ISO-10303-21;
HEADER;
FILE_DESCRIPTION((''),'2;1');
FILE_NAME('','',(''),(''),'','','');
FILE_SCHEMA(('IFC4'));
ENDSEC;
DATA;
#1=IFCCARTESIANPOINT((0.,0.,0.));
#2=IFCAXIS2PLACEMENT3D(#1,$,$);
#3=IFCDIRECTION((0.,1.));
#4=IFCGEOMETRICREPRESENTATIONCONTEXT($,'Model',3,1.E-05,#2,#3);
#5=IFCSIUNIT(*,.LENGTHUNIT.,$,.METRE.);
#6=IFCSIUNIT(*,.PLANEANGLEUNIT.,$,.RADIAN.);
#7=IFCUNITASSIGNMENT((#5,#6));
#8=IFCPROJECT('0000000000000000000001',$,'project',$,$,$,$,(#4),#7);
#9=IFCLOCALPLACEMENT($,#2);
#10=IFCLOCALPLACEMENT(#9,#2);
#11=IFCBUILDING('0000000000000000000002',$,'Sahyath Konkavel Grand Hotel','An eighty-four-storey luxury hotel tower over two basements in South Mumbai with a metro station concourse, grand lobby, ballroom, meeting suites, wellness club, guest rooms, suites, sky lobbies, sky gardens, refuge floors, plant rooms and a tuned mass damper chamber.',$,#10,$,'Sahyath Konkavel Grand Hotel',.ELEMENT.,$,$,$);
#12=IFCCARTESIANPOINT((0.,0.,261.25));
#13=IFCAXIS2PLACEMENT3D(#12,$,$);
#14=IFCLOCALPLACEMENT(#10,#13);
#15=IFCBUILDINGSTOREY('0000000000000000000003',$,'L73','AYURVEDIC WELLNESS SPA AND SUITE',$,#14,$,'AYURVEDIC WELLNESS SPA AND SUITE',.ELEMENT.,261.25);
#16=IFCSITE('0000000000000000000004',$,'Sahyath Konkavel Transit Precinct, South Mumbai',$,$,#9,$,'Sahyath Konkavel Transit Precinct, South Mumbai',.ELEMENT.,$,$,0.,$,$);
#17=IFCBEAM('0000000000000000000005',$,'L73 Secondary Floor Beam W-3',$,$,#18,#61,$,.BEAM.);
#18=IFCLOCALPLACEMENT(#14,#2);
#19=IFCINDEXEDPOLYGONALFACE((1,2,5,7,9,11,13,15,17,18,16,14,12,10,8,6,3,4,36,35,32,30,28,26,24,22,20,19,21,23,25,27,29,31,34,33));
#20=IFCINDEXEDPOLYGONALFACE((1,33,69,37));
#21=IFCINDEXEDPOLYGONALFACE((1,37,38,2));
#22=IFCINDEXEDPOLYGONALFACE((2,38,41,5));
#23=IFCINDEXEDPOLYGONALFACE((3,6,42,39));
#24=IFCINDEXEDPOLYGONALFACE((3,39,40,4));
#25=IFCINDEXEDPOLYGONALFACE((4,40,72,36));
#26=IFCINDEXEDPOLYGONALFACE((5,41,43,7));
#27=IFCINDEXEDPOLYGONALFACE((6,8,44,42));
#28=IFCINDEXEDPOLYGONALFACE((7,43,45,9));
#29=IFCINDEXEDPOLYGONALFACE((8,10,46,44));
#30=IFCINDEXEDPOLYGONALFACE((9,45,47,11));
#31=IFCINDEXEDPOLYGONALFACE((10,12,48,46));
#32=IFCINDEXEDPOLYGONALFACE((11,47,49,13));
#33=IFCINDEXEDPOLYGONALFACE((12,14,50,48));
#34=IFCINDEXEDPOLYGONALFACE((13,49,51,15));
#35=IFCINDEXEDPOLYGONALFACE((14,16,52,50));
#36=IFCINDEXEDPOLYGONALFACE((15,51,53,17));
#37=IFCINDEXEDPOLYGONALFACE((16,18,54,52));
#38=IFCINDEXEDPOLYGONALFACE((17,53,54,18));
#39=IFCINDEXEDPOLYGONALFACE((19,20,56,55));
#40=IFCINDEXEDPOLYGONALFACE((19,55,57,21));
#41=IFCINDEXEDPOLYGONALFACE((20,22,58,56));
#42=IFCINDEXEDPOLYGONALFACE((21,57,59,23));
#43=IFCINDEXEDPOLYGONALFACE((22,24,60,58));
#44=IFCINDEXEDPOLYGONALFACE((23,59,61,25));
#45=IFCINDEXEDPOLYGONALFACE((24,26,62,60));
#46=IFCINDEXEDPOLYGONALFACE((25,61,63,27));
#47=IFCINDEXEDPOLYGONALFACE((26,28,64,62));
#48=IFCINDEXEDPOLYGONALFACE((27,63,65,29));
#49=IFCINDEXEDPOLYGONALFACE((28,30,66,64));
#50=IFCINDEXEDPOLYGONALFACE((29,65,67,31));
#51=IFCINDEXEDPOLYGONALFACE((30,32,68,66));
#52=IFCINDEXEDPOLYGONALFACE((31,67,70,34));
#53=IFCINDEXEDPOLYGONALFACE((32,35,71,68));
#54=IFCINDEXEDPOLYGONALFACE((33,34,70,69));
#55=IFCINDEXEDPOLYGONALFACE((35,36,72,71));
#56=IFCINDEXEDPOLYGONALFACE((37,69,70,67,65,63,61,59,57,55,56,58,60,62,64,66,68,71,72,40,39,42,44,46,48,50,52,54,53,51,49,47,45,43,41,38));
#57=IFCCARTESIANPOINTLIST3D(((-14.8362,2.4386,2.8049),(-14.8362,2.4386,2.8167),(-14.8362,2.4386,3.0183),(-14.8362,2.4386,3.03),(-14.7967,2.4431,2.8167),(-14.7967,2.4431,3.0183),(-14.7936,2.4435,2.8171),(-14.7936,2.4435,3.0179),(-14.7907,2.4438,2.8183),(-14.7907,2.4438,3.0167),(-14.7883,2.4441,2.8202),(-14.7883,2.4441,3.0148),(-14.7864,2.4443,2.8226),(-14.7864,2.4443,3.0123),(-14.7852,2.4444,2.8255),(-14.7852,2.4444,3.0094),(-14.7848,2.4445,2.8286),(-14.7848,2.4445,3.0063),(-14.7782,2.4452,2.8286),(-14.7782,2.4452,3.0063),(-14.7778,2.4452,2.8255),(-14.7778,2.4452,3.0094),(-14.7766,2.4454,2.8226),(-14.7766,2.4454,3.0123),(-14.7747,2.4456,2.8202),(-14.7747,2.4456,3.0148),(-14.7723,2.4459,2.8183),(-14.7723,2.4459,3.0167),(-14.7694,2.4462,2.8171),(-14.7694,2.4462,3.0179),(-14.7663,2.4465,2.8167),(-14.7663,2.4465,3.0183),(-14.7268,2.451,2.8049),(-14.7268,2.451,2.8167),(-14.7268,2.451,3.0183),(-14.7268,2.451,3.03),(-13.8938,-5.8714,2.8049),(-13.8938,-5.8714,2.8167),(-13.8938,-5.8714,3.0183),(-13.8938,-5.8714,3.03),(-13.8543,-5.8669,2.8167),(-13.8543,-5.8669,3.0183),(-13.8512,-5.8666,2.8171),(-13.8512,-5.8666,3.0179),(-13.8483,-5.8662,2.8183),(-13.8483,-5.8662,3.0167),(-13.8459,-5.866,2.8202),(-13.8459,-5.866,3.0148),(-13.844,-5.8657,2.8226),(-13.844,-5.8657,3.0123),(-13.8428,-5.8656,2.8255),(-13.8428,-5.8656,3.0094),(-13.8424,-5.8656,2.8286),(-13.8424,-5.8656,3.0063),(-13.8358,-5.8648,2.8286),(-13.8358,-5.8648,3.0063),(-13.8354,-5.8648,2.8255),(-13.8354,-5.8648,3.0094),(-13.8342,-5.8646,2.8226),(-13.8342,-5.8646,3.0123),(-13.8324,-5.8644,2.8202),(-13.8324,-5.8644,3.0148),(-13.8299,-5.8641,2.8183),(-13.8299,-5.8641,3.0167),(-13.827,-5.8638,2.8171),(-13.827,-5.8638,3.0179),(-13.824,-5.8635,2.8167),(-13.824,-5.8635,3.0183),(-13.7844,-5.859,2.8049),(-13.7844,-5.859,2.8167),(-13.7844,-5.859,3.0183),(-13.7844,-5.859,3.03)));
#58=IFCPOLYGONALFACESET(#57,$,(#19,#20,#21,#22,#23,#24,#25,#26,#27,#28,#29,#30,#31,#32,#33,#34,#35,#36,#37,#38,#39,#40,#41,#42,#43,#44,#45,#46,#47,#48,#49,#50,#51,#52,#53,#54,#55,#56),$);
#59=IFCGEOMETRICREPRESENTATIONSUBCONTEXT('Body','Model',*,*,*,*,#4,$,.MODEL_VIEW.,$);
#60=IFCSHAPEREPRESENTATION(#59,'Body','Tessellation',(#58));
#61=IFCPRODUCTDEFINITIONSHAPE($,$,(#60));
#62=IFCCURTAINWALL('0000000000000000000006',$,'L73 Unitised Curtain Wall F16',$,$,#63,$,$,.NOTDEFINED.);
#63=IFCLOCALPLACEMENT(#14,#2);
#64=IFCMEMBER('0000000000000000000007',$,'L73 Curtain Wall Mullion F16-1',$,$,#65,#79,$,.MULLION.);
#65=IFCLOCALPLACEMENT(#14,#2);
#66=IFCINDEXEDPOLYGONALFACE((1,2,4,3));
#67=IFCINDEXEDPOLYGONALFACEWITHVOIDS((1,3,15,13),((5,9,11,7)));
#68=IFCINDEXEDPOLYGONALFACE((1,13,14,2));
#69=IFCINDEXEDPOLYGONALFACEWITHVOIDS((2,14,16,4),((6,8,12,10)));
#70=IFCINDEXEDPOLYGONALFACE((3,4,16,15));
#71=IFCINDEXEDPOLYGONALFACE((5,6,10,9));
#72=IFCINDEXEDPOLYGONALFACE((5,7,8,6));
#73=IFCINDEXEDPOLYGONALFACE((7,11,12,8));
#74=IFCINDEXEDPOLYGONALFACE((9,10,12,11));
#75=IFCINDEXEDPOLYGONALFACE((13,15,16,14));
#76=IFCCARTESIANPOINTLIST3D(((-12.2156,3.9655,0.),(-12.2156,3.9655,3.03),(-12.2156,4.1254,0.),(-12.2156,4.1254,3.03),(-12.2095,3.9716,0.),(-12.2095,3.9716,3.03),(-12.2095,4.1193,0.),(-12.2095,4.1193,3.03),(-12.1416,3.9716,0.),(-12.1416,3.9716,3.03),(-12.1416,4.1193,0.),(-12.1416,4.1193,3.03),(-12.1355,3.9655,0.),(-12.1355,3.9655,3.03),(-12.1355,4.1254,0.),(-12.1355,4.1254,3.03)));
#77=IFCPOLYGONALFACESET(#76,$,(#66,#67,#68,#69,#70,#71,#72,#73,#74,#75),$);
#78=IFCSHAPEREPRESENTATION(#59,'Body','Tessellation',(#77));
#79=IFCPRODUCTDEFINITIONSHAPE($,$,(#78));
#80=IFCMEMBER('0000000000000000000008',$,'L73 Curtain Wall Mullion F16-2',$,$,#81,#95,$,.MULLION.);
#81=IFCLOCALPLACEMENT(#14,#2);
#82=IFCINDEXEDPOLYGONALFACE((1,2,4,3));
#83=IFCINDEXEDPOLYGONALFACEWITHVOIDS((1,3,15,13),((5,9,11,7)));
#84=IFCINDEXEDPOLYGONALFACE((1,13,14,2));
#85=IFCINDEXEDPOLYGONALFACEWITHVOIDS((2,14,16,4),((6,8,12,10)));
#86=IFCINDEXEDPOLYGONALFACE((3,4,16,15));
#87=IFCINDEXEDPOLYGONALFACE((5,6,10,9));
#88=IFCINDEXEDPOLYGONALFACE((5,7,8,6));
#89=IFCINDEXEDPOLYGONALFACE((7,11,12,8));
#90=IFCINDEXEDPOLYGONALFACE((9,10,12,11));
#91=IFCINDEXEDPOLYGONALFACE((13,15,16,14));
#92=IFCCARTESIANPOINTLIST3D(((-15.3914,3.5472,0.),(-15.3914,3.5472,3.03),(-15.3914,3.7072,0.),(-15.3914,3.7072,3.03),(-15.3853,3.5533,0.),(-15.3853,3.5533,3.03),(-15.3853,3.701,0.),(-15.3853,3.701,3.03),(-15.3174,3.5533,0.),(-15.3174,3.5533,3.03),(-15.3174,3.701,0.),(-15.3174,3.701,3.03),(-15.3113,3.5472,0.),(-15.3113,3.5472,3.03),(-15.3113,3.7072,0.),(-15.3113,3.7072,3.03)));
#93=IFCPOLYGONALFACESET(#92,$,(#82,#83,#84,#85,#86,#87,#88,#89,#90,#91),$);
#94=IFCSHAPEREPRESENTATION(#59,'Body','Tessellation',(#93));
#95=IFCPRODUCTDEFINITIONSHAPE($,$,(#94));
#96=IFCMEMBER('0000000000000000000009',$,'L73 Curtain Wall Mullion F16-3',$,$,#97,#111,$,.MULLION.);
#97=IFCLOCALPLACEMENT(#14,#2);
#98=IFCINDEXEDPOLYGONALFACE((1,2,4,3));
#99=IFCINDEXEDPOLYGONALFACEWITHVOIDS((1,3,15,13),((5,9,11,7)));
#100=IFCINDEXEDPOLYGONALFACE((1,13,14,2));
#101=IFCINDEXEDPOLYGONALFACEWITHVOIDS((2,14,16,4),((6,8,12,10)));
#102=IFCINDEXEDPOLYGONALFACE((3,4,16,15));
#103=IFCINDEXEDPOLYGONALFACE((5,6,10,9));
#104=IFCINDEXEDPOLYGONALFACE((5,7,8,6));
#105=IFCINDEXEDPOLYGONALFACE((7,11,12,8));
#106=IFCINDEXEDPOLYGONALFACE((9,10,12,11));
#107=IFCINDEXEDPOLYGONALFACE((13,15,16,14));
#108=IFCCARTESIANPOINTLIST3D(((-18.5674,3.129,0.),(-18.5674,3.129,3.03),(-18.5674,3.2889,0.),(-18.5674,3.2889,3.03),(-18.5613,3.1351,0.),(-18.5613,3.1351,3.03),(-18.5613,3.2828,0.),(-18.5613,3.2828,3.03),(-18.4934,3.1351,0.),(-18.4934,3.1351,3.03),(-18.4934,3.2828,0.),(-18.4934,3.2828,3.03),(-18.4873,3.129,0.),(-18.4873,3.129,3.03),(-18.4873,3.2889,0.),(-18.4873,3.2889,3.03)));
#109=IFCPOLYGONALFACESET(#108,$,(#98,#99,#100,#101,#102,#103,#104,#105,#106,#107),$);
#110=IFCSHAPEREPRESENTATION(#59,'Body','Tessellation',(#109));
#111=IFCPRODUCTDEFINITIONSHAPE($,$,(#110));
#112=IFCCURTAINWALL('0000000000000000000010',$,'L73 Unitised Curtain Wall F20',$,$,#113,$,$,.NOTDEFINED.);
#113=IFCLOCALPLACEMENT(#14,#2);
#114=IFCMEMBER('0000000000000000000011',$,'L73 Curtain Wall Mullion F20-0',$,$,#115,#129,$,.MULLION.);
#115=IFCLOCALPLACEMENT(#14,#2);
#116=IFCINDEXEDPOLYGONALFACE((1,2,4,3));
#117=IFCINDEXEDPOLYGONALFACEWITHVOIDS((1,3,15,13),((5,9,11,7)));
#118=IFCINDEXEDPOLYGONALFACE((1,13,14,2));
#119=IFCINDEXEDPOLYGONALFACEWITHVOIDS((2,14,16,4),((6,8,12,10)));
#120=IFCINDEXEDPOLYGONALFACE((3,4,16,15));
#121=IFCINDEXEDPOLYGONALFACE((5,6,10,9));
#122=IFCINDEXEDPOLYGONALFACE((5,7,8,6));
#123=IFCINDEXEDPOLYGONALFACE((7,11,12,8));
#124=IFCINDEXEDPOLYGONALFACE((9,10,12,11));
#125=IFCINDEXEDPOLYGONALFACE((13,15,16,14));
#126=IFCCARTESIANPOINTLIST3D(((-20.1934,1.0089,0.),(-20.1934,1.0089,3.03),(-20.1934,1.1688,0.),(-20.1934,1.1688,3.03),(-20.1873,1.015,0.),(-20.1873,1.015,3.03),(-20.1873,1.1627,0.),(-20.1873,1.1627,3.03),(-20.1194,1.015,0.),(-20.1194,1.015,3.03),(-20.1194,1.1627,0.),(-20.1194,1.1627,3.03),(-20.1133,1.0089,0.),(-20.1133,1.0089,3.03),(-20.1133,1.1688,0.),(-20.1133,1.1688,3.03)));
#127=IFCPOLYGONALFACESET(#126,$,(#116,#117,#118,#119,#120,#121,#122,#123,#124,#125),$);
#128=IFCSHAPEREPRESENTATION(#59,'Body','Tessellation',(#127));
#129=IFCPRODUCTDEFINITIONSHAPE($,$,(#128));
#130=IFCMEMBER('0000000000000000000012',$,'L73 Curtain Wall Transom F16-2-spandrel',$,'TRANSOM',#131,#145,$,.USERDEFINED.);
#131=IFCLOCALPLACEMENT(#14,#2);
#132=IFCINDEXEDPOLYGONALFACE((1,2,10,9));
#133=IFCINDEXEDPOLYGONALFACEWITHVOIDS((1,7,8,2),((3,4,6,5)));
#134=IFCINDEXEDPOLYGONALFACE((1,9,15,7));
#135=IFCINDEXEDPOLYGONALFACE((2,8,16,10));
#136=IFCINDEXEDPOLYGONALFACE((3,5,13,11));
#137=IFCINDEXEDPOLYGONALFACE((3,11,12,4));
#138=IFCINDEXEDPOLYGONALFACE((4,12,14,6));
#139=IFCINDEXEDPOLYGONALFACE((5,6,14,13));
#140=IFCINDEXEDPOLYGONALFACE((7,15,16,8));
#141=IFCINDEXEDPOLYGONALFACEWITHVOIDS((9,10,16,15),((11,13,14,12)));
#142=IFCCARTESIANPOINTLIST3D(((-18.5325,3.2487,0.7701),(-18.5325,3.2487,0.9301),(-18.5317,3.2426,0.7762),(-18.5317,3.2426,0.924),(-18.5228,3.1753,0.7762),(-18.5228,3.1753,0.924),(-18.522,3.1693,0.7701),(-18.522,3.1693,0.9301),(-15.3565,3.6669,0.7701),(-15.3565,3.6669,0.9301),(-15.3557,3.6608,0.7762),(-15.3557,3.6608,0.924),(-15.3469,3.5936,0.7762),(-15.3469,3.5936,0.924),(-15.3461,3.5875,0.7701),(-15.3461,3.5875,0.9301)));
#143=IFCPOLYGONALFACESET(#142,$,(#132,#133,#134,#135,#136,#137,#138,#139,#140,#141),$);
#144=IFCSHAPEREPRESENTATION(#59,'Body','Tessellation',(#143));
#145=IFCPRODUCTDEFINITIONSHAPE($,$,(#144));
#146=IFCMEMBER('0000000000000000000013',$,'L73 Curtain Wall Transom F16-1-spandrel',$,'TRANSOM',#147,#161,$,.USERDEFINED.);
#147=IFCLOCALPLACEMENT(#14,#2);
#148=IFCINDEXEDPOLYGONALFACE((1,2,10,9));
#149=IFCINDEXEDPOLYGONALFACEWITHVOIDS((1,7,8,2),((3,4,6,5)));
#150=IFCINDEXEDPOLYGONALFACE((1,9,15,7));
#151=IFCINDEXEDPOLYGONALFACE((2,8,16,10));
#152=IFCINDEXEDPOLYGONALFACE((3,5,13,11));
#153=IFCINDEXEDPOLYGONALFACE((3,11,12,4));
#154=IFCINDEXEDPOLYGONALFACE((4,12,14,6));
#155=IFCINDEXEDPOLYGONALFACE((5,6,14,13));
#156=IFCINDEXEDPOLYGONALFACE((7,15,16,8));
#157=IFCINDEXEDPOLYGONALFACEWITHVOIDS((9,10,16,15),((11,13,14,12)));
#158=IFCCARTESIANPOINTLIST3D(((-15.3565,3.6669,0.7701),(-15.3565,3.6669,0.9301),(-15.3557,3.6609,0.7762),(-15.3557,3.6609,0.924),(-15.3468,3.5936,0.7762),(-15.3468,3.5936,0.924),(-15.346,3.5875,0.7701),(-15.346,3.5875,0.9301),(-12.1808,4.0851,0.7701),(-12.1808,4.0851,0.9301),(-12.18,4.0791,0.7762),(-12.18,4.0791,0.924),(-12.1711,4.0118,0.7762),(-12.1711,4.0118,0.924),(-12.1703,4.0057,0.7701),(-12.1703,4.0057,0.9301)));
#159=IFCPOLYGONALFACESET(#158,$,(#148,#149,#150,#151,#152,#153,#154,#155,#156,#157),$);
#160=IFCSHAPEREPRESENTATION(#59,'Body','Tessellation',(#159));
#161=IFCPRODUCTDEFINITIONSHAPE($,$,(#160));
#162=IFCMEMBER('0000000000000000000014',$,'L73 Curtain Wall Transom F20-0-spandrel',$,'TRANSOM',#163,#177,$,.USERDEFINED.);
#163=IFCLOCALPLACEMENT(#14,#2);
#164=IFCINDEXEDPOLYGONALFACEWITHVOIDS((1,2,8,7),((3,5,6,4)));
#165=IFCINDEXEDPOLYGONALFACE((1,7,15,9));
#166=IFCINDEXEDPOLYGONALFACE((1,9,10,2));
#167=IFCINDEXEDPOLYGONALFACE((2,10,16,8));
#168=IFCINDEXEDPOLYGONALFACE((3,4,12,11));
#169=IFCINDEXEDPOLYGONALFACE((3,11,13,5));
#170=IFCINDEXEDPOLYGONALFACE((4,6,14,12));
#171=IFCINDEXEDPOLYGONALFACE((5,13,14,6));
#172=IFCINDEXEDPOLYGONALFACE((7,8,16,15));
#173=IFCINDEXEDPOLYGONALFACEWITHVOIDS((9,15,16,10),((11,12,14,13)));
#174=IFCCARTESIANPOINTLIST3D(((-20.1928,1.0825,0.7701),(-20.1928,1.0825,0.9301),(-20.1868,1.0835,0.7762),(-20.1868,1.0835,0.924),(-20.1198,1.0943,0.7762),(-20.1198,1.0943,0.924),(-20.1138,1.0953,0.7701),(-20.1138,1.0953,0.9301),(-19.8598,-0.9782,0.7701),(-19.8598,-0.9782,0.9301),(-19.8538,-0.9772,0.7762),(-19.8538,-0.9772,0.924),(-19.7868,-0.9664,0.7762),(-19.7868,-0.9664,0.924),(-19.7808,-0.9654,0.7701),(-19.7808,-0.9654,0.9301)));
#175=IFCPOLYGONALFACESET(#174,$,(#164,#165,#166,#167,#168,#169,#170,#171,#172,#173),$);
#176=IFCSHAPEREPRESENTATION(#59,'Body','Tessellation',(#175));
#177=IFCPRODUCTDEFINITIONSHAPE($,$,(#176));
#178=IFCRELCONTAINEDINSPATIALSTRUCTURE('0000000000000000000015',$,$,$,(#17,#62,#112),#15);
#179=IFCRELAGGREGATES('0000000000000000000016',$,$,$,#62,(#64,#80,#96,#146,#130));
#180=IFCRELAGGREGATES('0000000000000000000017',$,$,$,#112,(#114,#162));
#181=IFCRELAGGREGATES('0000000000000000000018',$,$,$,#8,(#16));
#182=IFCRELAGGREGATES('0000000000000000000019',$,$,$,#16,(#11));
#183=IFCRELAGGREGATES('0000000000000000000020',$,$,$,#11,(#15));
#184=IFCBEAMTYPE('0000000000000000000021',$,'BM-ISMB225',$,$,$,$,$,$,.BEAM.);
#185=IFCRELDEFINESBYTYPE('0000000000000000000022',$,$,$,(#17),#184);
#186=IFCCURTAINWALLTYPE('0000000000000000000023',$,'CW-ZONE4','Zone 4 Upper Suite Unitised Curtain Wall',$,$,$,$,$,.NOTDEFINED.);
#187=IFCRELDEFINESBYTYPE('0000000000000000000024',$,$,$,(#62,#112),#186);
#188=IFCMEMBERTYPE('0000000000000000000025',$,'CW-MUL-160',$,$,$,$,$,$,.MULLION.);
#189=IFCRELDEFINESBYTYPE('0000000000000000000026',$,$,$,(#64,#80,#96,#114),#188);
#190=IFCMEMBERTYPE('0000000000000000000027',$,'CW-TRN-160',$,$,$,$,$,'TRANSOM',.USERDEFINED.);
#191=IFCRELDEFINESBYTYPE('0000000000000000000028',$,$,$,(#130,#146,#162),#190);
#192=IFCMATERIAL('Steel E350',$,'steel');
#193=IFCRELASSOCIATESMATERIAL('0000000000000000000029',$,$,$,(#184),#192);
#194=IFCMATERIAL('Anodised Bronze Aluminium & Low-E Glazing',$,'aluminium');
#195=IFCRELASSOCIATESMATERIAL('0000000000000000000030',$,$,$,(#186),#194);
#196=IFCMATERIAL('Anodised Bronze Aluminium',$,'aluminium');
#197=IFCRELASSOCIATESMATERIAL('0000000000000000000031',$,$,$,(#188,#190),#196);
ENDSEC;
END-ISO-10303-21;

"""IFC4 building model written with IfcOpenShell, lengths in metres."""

from ifc_helpers import new_model, si_unit, direction, frame, origin, origin_2d, place, context, subcontext, project, spatial, hollow_rectangle, i_section, extrude, source, transform, mapped, material, material_profile, profile_set, type_object, element, aggregate, save


model = new_model("IFC4")

# Units and contexts
model_context = context("Model", 3, precision=1e-05, world=origin(), true_north=direction((0.0, 1.0)))
body_context = subcontext(model_context, "Body", "Model", "MODEL_VIEW")
ifc_project = project(units=[si_unit("LENGTHUNIT", "METRE"), si_unit("PLANEANGLEUNIT", "RADIAN")], contexts=[model_context])

# Site, building, storey
site_placement = place(None, origin())
site = spatial("IfcSite", under=ifc_project, at=site_placement, Name="Sahyath Konkavel Transit Precinct, South Mumbai", LongName="Sahyath Konkavel Transit Precinct, South Mumbai", CompositionType="ELEMENT", RefElevation=0.0)
building_placement = place(site_placement, origin())
building = spatial("IfcBuilding", under=site, at=building_placement, Name="Sahyath Konkavel Grand Hotel", Description="An eighty-four-storey luxury hotel tower over two basements in South Mumbai with a metro station concourse, grand lobby, ballroom, meeting suites, wellness club, guest rooms, suites, sky lobbies, sky gardens, refuge floors, plant rooms and a tuned mass damper chamber.", LongName="Sahyath Konkavel Grand Hotel", CompositionType="ELEMENT")
storey_placement = place(building_placement, frame((0.0, 0.0, 261.25)))
storey = spatial("IfcBuildingStorey", under=building, at=storey_placement, Name="L73", Description="AYURVEDIC WELLNESS SPA AND SUITE", LongName="AYURVEDIC WELLNESS SPA AND SUITE", CompositionType="ELEMENT", Elevation=261.25)

# Beam
ifc_material_1 = material(Name="Steel E350", Category="steel")
ifc_material_profile_1 = material_profile(ifc_material_1, i_section(OverallWidth=0.1101, OverallDepth=0.2251, WebThickness=0.0066, FlangeThickness=0.0117, FilletRadius=0.012, at=origin_2d()), Name="ISMB 225")
ifc_profile_set_1 = profile_set([ifc_material_profile_1], Name="Steel E350")
beam_type_1 = type_object("IfcBeamType", Name="BM-ISMB225", PredefinedType="BEAM", material=ifc_profile_set_1)
shared_shape_1 = source(origin(), body_context, "Body", "SweptSolid", [
    extrude(i_section(OverallWidth=0.1101, OverallDepth=0.2251, WebThickness=0.0066, FlangeThickness=0.0117, FilletRadius=0.012, at=origin_2d()), origin(), (0.0, 0.0, 1.0), 8.3633),
])
beam_1_placement = place(storey_placement, frame((-14.7815, 2.4448, 2.9175), z_axis=(0.11268, -0.993631, 0.0), x_axis=(0.993631, 0.11268, 0.0)))
element("IfcBeam", 1, at=beam_1_placement, inside=storey, type_object=beam_type_1, Name="L73 Secondary Floor Beam W-3", PredefinedType="BEAM", context=body_context, shape_type="MappedRepresentation", body=[
    mapped(shared_shape_1, transform((0.0, 0.0, 0.0), scale=1.0)),
])

# Curtain wall, members
ifc_material_2 = material(Name="Anodised Bronze Aluminium & Low-E Glazing", Category="aluminium")
curtain_wall_type = type_object("IfcCurtainWallType", Name="CW-ZONE4", Description="Zone 4 Upper Suite Unitised Curtain Wall", PredefinedType="NOTDEFINED", material=ifc_material_2)
curtain_wall_1_placement = place(storey_placement, origin())
curtain_wall_1 = element("IfcCurtainWall", 2, at=curtain_wall_1_placement, inside=storey, type_object=curtain_wall_type, Name="L73 Unitised Curtain Wall F16", PredefinedType="NOTDEFINED")
ifc_material_3 = material(Name="Anodised Bronze Aluminium", Category="aluminium")
ifc_material_profile_2 = material_profile(ifc_material_3, hollow_rectangle(XDim=0.0801, YDim=0.1599, WallThickness=0.0061, at=origin_2d()), Name="RHS 160x80x6")
ifc_profile_set_2 = profile_set([ifc_material_profile_2], Name="Anodised Bronze Aluminium")
member_type_1 = type_object("IfcMemberType", Name="CW-MUL-160", PredefinedType="MULLION", material=ifc_profile_set_2)
shared_shape_2 = source(origin(), body_context, "Body", "SweptSolid", [
    extrude(hollow_rectangle(XDim=0.0801, YDim=0.1599, WallThickness=0.0061, at=origin_2d()), origin(), (0.0, 0.0, 1.0), 3.03),
])
member_1_placement = place(storey_placement, frame((-12.1755, 4.0454, 0.0), z_axis=(0.0, 0.0, 1.0), x_axis=(1.0, 0.0, 0.0)))
member_1 = element("IfcMember", 3, at=member_1_placement, type_object=member_type_1, Name="L73 Curtain Wall Mullion F16-1", PredefinedType="MULLION", context=body_context, shape_type="MappedRepresentation", body=[
    mapped(shared_shape_2, transform((0.0, 0.0, 0.0), scale=1.0)),
])
member_2_placement = place(storey_placement, frame((-15.3513, 3.6272, 0.0), z_axis=(0.0, 0.0, 1.0), x_axis=(1.0, 0.0, 0.0)))
member_2 = element("IfcMember", 4, at=member_2_placement, type_object=member_type_1, Name="L73 Curtain Wall Mullion F16-2", PredefinedType="MULLION", context=body_context, shape_type="MappedRepresentation", body=[
    mapped(shared_shape_2, transform((0.0, 0.0, 0.0), scale=1.0)),
])
member_3_placement = place(storey_placement, frame((-18.5273, 3.209, 0.0), z_axis=(0.0, 0.0, 1.0), x_axis=(1.0, 0.0, 0.0)))
member_3 = element("IfcMember", 5, at=member_3_placement, type_object=member_type_1, Name="L73 Curtain Wall Mullion F16-3", PredefinedType="MULLION", context=body_context, shape_type="MappedRepresentation", body=[
    mapped(shared_shape_2, transform((0.0, 0.0, 0.0), scale=1.0)),
])

# Curtain wall, member
curtain_wall_2_placement = place(storey_placement, origin())
curtain_wall_2 = element("IfcCurtainWall", 6, at=curtain_wall_2_placement, inside=storey, type_object=curtain_wall_type, Name="L73 Unitised Curtain Wall F20", PredefinedType="NOTDEFINED")
member_4_placement = place(storey_placement, frame((-20.1533, 1.0889, 0.0), z_axis=(0.0, 0.0, 1.0), x_axis=(1.0, 0.0, 0.0)))
member_4 = element("IfcMember", 7, at=member_4_placement, type_object=member_type_1, Name="L73 Curtain Wall Mullion F20-0", PredefinedType="MULLION", context=body_context, shape_type="MappedRepresentation", body=[
    mapped(shared_shape_2, transform((0.0, 0.0, 0.0), scale=1.0)),
])

# Members
ifc_material_profile_3 = material_profile(ifc_material_3, hollow_rectangle(XDim=0.0801, YDim=0.1599, WallThickness=0.0061, at=origin_2d()), Name="RHS 160x80x6")
ifc_profile_set_3 = profile_set([ifc_material_profile_3], Name="Anodised Bronze Aluminium")
member_type_2 = type_object("IfcMemberType", Name="CW-TRN-160", ElementType="TRANSOM", PredefinedType="USERDEFINED", material=ifc_profile_set_3)
shared_shape_3 = source(origin(), body_context, "Body", "SweptSolid", [
    extrude(hollow_rectangle(XDim=0.0801, YDim=0.1599, WallThickness=0.0061, at=origin_2d()), origin(), (0.0, 0.0, 1.0), 3.2034),
])
member_5_placement = place(storey_placement, frame((-15.3513, 3.6272, 0.8501), z_axis=(-0.991442, -0.130551, 0.0), x_axis=(0.130551, -0.991442, 0.0)))
member_5 = element("IfcMember", 8, at=member_5_placement, type_object=member_type_2, Name="L73 Curtain Wall Transom F16-2-spandrel", ObjectType="TRANSOM", PredefinedType="USERDEFINED", context=body_context, shape_type="MappedRepresentation", body=[
    mapped(shared_shape_3, transform((0.0, 0.0, 0.0), scale=1.0)),
])
shared_shape_4 = source(origin(), body_context, "Body", "SweptSolid", [
    extrude(hollow_rectangle(XDim=0.0801, YDim=0.1599, WallThickness=0.0061, at=origin_2d()), origin(), (0.0, 0.0, 1.0), 3.2031),
])
member_6_placement = place(storey_placement, frame((-12.1755, 4.0454, 0.8501), z_axis=(-0.99144, -0.130561, 0.0), x_axis=(0.130561, -0.99144, 0.0)))
member_6 = element("IfcMember", 9, at=member_6_placement, type_object=member_type_2, Name="L73 Curtain Wall Transom F16-1-spandrel", ObjectType="TRANSOM", PredefinedType="USERDEFINED", context=body_context, shape_type="MappedRepresentation", body=[
    mapped(shared_shape_4, transform((0.0, 0.0, 0.0), scale=1.0)),
])
shared_shape_5 = source(origin(), body_context, "Body", "SweptSolid", [
    extrude(hollow_rectangle(XDim=0.0801, YDim=0.1599, WallThickness=0.0061, at=origin_2d()), origin(), (0.0, 0.0, 1.0), 2.0874),
])
member_7_placement = place(storey_placement, frame((-20.1533, 1.0889, 0.8501), z_axis=(0.159541, -0.987191, 0.0), x_axis=(0.987191, 0.159541, 0.0)))
member_7 = element("IfcMember", 10, at=member_7_placement, type_object=member_type_2, Name="L73 Curtain Wall Transom F20-0-spandrel", ObjectType="TRANSOM", PredefinedType="USERDEFINED", context=body_context, shape_type="MappedRepresentation", body=[
    mapped(shared_shape_5, transform((0.0, 0.0, 0.0), scale=1.0)),
])

aggregate(curtain_wall_1, [member_1, member_2, member_3, member_6, member_5])
aggregate(curtain_wall_2, [member_4, member_7])

save(model, "model.ifc")
